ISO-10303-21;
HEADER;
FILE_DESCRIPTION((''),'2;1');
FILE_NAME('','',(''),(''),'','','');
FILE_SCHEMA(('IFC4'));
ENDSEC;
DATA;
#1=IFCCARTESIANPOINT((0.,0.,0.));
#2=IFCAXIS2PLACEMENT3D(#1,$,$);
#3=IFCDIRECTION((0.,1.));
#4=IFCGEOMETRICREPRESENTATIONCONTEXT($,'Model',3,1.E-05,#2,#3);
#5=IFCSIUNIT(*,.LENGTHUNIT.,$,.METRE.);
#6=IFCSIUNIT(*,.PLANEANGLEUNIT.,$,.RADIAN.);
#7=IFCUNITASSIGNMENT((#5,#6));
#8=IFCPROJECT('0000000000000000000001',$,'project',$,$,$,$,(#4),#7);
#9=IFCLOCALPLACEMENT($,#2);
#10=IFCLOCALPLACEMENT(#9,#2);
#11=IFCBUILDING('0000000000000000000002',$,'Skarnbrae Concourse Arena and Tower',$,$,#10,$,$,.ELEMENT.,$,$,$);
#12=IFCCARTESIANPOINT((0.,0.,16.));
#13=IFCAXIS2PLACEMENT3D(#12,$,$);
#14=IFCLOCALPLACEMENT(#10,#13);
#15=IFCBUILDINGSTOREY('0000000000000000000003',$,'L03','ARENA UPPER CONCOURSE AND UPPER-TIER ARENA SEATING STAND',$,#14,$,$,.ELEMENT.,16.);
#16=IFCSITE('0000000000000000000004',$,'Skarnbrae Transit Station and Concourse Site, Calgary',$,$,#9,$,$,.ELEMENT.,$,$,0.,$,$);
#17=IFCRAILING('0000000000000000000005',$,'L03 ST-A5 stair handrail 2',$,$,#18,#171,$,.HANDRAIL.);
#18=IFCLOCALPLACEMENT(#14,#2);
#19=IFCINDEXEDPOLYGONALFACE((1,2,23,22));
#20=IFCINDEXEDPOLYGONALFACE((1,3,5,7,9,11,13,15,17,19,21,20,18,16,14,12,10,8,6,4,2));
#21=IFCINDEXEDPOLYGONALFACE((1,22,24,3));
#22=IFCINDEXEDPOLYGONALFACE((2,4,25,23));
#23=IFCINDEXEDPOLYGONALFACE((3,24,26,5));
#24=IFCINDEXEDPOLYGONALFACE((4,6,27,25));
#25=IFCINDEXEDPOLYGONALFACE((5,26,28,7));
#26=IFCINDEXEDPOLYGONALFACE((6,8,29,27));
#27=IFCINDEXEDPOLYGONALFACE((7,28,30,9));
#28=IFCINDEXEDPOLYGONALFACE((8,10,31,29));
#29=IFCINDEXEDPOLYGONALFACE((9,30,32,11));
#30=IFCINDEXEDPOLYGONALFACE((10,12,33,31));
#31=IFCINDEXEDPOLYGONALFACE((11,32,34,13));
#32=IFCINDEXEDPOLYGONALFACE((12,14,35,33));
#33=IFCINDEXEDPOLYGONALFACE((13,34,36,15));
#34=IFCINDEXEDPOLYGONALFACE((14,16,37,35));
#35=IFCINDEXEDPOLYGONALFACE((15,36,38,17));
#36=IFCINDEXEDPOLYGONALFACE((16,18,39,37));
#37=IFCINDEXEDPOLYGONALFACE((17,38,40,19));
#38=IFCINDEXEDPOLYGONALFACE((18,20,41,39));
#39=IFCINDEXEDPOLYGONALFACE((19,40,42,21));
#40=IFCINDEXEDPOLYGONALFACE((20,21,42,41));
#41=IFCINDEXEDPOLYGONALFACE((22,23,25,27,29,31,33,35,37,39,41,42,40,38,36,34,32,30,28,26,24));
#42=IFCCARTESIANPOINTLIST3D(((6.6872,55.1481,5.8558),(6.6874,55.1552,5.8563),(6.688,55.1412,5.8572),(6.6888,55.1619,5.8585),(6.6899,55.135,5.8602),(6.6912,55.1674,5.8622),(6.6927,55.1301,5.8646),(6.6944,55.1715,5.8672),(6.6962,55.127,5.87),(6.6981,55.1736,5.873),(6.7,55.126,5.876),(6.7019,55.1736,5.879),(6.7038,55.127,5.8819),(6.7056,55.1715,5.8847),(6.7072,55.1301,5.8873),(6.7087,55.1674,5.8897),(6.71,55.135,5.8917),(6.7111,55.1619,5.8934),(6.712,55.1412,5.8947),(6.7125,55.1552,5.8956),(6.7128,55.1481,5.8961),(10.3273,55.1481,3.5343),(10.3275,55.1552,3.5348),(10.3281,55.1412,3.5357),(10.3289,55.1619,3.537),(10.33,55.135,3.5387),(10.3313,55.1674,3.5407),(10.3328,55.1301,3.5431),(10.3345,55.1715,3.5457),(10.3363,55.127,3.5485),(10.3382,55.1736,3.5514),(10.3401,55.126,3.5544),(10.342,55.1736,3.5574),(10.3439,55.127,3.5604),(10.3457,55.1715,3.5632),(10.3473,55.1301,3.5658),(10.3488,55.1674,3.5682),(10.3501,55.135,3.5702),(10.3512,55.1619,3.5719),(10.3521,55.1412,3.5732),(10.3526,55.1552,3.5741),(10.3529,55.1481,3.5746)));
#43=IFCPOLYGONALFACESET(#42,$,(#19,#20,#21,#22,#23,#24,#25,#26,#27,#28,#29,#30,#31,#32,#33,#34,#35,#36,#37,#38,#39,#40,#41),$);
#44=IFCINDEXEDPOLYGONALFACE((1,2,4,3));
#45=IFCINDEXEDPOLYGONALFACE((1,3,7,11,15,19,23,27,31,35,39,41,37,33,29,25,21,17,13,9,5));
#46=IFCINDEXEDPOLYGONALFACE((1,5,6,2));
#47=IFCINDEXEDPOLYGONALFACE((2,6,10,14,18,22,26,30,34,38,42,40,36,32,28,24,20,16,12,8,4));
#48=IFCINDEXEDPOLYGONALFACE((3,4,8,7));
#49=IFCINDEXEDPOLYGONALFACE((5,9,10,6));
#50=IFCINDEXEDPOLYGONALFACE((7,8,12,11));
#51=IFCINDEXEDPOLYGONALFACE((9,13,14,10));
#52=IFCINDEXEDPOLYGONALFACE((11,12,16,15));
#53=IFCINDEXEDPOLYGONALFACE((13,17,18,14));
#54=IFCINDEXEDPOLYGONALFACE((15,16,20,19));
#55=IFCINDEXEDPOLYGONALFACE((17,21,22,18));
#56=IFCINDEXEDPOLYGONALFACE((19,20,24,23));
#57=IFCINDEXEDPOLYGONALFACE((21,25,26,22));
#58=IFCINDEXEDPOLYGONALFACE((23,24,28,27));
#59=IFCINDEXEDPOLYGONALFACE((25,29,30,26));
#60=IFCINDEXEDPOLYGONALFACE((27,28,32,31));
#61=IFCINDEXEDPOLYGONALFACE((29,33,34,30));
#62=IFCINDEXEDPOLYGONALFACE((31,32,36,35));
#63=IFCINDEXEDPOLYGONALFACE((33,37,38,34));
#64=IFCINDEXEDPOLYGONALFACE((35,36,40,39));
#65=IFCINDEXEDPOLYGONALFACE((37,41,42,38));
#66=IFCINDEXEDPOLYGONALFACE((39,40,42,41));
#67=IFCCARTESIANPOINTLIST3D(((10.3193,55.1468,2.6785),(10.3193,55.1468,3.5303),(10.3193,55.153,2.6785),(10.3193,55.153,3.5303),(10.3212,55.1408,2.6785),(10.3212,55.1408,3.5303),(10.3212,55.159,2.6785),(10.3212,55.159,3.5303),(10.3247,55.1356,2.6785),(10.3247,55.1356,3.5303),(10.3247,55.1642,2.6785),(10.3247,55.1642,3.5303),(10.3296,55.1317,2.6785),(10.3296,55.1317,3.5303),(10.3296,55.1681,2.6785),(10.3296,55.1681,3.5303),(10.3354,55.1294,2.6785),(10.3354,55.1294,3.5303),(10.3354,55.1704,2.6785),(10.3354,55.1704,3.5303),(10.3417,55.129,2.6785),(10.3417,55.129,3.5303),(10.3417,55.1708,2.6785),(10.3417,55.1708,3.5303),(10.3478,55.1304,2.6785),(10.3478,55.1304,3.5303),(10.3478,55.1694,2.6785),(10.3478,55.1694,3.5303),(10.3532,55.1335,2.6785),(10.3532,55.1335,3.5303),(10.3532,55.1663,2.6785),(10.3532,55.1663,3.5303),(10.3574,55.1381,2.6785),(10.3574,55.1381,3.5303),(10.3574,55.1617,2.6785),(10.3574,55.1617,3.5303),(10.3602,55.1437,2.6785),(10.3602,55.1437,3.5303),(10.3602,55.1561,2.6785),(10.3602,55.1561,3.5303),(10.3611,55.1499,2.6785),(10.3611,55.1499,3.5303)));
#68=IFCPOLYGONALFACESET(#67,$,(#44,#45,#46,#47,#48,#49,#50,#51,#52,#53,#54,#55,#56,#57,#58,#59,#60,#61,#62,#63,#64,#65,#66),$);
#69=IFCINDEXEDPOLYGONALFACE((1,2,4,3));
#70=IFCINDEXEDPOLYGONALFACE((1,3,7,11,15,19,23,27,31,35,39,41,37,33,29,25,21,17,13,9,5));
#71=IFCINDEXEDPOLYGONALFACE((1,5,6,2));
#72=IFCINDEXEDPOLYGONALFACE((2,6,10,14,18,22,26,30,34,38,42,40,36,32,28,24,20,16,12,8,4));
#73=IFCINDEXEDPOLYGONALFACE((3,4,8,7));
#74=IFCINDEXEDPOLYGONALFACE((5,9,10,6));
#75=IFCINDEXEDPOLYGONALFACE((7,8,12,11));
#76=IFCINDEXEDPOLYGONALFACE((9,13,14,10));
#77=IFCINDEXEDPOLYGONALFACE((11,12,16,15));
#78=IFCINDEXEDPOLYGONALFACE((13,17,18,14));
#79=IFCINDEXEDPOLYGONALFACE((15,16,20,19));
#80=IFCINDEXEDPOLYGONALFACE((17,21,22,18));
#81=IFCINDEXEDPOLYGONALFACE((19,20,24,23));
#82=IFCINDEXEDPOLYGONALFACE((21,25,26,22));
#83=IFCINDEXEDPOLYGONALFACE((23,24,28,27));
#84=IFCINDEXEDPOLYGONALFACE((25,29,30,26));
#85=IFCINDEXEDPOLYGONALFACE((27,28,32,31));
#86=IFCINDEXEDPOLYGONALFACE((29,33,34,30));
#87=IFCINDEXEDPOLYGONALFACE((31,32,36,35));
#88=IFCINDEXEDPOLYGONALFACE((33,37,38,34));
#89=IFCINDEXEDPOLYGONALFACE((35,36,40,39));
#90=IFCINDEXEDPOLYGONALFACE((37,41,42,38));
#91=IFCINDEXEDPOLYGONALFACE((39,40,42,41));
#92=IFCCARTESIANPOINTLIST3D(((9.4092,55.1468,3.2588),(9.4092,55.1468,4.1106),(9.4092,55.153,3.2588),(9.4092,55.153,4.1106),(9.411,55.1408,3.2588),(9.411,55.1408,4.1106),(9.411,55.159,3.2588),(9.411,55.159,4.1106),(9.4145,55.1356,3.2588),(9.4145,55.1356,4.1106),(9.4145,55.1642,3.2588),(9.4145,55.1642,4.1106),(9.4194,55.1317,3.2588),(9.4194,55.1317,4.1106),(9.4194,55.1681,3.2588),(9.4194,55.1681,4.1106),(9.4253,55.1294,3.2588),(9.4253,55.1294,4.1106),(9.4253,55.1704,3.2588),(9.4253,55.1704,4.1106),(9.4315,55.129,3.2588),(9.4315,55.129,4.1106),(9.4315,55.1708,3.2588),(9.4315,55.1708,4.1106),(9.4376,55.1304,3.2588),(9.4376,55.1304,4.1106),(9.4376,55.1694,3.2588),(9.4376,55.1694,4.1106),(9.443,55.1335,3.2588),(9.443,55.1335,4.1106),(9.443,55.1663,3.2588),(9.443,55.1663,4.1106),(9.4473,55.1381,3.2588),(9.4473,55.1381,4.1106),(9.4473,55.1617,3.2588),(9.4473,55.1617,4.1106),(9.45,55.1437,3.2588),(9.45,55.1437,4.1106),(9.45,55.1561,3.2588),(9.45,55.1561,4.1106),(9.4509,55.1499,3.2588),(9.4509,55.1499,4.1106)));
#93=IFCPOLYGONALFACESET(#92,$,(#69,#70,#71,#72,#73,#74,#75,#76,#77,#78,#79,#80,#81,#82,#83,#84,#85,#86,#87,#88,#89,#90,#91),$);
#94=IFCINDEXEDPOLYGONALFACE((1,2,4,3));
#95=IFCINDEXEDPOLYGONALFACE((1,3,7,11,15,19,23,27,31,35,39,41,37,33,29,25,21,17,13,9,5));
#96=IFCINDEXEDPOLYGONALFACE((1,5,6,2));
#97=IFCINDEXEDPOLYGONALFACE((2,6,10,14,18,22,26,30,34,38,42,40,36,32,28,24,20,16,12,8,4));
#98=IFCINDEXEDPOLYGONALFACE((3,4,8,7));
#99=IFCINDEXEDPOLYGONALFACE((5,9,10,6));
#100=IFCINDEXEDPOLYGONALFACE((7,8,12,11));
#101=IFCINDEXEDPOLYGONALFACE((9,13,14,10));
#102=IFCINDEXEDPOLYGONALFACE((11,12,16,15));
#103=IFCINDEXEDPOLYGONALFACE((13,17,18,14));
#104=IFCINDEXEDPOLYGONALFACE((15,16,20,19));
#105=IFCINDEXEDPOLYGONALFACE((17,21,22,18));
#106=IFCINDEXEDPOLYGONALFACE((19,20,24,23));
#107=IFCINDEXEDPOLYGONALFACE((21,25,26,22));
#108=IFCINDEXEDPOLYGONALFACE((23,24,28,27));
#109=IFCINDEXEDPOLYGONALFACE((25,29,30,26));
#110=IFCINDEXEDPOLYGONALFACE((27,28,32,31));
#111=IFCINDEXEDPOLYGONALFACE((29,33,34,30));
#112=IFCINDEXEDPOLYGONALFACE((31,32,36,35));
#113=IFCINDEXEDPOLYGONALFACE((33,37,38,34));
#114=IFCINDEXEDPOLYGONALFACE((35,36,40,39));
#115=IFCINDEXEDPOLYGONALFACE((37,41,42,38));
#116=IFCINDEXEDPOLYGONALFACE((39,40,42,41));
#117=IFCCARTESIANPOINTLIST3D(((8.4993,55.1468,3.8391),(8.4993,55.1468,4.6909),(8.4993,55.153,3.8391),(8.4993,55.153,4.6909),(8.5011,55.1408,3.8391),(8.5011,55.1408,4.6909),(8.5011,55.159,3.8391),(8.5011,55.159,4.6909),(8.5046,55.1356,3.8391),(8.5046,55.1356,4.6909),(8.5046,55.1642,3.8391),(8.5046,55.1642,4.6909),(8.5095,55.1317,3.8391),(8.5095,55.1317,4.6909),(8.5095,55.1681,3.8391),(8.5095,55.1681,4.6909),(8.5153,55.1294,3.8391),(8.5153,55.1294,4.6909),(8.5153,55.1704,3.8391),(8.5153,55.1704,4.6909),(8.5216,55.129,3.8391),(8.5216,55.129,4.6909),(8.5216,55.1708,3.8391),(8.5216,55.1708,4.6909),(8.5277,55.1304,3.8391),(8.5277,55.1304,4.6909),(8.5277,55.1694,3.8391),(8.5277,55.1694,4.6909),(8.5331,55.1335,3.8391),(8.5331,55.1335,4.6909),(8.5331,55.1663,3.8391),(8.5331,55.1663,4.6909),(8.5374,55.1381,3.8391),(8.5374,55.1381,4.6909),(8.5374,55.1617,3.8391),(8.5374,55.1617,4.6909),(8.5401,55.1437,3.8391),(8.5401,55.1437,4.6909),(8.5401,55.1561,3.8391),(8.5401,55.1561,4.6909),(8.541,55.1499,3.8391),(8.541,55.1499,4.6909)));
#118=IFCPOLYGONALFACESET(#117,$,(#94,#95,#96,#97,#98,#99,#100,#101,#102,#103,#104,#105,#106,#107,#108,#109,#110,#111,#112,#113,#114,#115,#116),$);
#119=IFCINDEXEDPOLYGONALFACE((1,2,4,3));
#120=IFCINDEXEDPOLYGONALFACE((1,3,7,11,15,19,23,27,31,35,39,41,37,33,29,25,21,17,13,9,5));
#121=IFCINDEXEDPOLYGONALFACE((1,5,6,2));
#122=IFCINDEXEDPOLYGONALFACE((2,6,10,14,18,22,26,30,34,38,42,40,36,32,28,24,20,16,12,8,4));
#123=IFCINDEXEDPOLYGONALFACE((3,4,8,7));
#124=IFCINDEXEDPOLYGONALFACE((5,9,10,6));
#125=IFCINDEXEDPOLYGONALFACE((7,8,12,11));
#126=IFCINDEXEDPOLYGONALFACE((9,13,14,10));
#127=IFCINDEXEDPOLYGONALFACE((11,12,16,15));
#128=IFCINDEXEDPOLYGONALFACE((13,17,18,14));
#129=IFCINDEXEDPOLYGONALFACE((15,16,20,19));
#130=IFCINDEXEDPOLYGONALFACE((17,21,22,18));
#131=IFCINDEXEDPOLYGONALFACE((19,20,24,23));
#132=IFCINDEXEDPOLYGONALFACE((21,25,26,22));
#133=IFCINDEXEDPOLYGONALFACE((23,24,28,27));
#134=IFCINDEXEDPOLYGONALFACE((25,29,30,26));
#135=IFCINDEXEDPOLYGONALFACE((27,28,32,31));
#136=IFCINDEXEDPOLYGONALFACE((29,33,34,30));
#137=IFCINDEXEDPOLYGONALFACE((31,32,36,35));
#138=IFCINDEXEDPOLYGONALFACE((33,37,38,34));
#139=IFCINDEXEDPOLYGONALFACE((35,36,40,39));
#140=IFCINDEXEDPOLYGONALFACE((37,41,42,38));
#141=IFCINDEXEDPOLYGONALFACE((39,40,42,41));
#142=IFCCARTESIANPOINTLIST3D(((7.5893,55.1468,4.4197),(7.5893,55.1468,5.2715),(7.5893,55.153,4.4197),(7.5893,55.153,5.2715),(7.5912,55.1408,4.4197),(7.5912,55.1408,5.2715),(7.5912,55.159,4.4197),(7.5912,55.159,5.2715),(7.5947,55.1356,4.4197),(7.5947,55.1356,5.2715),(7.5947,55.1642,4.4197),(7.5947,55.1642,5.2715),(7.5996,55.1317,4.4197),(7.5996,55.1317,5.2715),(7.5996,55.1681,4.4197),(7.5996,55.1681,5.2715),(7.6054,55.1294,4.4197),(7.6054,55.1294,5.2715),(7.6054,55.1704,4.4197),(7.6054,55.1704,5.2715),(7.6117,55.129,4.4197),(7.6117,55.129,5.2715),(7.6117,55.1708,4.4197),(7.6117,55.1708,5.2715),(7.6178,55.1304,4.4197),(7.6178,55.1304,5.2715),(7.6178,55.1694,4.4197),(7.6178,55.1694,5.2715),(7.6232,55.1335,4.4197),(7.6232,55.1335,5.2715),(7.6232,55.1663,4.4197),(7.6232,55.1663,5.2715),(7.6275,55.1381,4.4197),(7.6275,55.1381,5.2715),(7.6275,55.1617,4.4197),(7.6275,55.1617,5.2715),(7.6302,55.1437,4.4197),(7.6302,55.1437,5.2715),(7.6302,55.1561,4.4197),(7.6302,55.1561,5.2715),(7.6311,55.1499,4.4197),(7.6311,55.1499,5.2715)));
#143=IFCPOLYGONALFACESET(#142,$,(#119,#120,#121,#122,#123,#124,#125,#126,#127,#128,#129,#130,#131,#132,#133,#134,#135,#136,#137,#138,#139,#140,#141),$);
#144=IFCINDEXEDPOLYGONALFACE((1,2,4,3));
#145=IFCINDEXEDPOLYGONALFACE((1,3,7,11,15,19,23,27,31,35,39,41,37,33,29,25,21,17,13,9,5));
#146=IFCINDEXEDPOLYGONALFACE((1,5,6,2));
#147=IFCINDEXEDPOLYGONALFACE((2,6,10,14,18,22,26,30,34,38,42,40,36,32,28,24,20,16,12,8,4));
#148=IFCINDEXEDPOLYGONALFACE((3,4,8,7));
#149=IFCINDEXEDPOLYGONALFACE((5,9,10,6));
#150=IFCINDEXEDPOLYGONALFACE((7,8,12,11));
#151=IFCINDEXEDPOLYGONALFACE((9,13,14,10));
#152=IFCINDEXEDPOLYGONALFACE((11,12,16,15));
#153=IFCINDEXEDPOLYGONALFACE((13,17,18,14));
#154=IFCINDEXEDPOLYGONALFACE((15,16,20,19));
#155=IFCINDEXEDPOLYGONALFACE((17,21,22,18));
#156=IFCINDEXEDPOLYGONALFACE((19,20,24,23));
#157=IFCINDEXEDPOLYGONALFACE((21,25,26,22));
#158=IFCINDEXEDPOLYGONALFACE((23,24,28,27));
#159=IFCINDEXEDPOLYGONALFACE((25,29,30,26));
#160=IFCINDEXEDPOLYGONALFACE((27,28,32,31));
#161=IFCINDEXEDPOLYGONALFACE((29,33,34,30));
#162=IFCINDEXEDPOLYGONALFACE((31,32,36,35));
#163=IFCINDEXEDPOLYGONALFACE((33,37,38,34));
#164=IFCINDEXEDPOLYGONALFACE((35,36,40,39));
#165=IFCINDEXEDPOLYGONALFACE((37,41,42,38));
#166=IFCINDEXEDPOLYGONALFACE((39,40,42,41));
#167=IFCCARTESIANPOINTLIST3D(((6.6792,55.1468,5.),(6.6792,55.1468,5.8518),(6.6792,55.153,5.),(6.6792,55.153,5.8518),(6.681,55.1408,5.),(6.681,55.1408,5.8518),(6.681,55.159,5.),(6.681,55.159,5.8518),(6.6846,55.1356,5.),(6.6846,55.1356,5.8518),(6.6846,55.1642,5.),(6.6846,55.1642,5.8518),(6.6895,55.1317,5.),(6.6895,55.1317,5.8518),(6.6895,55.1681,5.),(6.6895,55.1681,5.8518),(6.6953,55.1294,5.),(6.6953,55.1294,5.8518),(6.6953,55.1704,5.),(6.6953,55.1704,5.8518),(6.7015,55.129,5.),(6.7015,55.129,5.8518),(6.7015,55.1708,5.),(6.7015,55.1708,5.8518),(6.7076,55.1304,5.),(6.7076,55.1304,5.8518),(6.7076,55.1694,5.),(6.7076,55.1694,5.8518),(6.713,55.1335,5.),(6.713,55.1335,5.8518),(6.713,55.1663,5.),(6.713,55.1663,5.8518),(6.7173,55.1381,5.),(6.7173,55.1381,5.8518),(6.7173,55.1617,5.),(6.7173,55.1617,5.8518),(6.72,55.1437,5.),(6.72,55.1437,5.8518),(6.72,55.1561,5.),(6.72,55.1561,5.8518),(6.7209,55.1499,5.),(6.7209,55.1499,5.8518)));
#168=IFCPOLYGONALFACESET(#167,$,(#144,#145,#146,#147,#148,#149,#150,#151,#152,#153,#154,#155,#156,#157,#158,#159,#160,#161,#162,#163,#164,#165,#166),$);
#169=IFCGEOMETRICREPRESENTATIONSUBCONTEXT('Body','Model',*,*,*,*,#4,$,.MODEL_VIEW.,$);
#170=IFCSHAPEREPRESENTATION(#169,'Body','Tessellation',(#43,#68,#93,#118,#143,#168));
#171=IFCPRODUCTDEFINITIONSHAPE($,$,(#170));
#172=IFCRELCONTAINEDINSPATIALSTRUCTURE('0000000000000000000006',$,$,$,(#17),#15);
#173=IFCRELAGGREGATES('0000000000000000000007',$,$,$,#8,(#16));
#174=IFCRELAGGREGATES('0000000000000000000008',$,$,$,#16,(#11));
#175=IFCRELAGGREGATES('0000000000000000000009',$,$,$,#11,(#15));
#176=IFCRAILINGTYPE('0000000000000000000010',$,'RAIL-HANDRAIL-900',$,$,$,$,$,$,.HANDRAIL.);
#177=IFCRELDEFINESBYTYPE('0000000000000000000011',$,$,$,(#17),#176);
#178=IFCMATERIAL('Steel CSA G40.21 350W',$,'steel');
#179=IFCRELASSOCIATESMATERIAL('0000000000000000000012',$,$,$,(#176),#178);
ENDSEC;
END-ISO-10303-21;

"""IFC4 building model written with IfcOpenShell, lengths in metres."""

from ifc_helpers import new_model, si_unit, direction, frame, origin, origin_2d, place, context, subcontext, project, spatial, circle, extrude, material, type_object, element, save


model = new_model("IFC4")

# Units and contexts
model_context = context("Model", 3, precision=1e-05, world=origin(), true_north=direction((0.0, 1.0)))
body_context = subcontext(model_context, "Body", "Model", "MODEL_VIEW")
ifc_project = project(units=[si_unit("LENGTHUNIT", "METRE"), si_unit("PLANEANGLEUNIT", "RADIAN")], contexts=[model_context])

# Site, building, storey
site_placement = place(None, origin())
site = spatial("IfcSite", under=ifc_project, at=site_placement, Name="Skarnbrae Transit Station and Concourse Site, Calgary", CompositionType="ELEMENT", RefElevation=0.0)
building_placement = place(site_placement, origin())
building = spatial("IfcBuilding", under=site, at=building_placement, Name="Skarnbrae Concourse Arena and Tower", CompositionType="ELEMENT")
storey_placement = place(building_placement, frame((0.0, 0.0, 16.0)))
storey = spatial("IfcBuildingStorey", under=building, at=storey_placement, Name="L03", Description="ARENA UPPER CONCOURSE AND UPPER-TIER ARENA SEATING STAND", CompositionType="ELEMENT", Elevation=16.0)

# Shared definitions
ifc_material_1 = material(Name="Steel CSA G40.21 350W", Category="steel")

# Railing
railing_type_1 = type_object("IfcRailingType", Name="RAIL-HANDRAIL-900", PredefinedType="HANDRAIL", material=ifc_material_1)
railing_1_placement = place(storey_placement, frame((10.3401, 55.1499, 2.6785)))
element("IfcRailing", 1, at=railing_1_placement, inside=storey, type_object=railing_type_1, Name="L03 ST-A5 stair handrail 2", PredefinedType="HANDRAIL", context=body_context, shape_type="SweptSolid", body=[
    extrude(circle(Radius=0.0239, at=origin_2d()), frame((0.0, 0.0, 0.876), z_axis=(-0.843128, 0.0, 0.537713), x_axis=(0.0, -1.0, 0.0)), (0.0, 0.0, 1.0), 4.3174),
    extrude(circle(Radius=0.021, at=origin_2d()), origin(), (0.0, 0.0, 1.0), 0.8518),
    extrude(circle(Radius=0.021, at=origin_2d()), frame((-0.9102, 0.0, 0.5803)), (0.0, 0.0, 1.0), 0.8518),
    extrude(circle(Radius=0.021, at=origin_2d()), frame((-1.8201, 0.0, 1.1606)), (0.0, 0.0, 1.0), 0.8518),
    extrude(circle(Radius=0.021, at=origin_2d()), frame((-2.73, 0.0, 1.7412)), (0.0, 0.0, 1.0), 0.8518),
    extrude(circle(Radius=0.021, at=origin_2d()), frame((-3.6401, 0.0, 2.3215)), (0.0, 0.0, 1.0), 0.8518),
])

save(model, "model.ifc")
